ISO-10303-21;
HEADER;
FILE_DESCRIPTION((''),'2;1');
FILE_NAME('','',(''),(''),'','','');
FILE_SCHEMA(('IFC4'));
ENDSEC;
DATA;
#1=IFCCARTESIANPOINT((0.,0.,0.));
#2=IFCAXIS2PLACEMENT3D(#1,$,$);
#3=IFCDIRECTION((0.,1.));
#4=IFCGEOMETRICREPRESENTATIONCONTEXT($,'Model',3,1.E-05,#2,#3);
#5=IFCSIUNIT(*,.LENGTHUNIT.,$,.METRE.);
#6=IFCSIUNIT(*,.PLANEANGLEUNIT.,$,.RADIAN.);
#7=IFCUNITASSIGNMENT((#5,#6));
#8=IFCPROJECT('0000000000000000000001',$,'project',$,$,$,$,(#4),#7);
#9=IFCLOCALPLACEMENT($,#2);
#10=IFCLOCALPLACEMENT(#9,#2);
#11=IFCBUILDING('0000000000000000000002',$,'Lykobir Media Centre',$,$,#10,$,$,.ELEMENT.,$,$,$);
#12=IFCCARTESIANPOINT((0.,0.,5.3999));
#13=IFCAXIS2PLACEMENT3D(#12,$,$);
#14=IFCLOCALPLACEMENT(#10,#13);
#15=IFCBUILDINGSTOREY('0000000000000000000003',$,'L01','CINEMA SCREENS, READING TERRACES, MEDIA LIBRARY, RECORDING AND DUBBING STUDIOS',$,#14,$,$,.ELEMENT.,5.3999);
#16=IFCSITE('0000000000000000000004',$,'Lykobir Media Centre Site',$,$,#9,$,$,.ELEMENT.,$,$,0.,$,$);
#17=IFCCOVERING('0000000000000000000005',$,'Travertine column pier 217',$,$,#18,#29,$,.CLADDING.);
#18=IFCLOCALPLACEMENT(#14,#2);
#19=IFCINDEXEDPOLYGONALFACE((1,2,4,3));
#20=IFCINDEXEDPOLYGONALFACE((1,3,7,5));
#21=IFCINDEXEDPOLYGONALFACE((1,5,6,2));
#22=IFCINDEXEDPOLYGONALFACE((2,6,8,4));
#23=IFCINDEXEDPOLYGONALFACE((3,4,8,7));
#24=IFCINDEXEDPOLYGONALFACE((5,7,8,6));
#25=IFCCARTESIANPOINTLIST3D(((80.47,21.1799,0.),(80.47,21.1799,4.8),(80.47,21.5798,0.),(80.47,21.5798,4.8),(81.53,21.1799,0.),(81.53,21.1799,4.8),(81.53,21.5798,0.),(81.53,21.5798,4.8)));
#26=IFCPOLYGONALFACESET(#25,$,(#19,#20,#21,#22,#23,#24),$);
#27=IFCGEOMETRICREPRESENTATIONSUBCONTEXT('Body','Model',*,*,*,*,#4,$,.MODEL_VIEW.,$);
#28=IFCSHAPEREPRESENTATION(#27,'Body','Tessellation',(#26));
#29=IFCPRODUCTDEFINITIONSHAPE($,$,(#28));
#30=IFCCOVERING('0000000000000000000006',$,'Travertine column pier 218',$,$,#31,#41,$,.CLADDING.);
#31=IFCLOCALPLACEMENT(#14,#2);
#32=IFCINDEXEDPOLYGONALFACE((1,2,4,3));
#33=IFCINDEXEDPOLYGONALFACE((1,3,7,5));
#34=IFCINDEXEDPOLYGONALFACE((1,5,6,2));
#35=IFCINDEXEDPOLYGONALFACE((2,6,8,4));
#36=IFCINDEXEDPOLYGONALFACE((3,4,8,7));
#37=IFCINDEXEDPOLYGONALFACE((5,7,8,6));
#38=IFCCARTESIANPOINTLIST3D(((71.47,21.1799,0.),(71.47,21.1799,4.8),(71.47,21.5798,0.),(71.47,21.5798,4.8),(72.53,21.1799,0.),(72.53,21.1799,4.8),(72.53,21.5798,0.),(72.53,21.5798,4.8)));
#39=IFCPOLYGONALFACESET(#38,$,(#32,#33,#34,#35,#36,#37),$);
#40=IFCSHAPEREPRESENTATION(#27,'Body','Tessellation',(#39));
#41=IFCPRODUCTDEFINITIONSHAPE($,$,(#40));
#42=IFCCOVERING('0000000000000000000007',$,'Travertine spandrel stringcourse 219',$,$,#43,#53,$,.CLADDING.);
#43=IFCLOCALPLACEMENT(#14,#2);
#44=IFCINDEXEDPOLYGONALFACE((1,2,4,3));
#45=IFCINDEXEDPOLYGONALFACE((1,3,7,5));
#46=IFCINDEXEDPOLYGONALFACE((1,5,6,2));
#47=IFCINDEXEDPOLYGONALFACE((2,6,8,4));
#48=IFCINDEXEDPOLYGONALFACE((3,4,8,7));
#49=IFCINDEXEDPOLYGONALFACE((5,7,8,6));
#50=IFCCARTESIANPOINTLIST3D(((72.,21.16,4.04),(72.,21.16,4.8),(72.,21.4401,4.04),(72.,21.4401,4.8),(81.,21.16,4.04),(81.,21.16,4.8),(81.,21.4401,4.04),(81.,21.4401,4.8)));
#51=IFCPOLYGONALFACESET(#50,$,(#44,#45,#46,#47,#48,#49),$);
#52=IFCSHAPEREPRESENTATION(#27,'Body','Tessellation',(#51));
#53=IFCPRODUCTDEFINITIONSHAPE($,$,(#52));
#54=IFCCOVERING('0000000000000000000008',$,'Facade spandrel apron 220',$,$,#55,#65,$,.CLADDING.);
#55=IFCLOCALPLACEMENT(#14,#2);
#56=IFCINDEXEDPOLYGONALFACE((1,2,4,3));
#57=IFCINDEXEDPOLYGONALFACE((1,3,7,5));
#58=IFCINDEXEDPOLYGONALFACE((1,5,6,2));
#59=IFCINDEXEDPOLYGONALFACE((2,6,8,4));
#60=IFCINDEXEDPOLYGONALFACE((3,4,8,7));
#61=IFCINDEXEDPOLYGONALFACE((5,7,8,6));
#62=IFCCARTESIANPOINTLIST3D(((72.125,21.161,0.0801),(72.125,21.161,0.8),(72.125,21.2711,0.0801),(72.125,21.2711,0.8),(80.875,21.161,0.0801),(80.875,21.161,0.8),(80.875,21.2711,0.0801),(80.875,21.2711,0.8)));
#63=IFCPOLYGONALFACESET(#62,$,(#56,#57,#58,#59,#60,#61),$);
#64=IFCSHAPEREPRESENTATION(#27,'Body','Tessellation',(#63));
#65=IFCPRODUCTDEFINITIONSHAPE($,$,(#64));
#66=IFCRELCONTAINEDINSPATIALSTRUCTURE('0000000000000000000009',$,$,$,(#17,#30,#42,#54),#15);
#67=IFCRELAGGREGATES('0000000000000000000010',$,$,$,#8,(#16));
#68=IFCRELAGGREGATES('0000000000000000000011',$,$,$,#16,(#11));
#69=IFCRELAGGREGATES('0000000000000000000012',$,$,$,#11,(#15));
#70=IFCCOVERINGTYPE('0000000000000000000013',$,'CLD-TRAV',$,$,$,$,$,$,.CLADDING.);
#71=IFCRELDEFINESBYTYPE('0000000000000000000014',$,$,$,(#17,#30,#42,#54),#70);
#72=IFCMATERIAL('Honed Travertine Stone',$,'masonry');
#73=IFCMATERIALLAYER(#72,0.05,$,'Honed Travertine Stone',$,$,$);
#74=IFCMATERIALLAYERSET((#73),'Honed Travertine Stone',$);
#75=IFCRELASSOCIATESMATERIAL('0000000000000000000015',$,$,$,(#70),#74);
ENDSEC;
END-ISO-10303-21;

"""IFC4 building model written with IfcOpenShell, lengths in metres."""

from ifc_helpers import new_model, si_unit, direction, frame, origin, origin_2d, place, context, subcontext, project, spatial, rectangle, extrude, material, layer, layer_set, type_object, element, save


model = new_model("IFC4")

# Units and contexts
model_context = context("Model", 3, precision=1e-05, world=origin(), true_north=direction((0.0, 1.0)))
body_context = subcontext(model_context, "Body", "Model", "MODEL_VIEW")
ifc_project = project(units=[si_unit("LENGTHUNIT", "METRE"), si_unit("PLANEANGLEUNIT", "RADIAN")], contexts=[model_context])

# Site, building, storey
site_placement = place(None, origin())
site = spatial("IfcSite", under=ifc_project, at=site_placement, Name="Lykobir Media Centre Site", CompositionType="ELEMENT", RefElevation=0.0)
building_placement = place(site_placement, origin())
building = spatial("IfcBuilding", under=site, at=building_placement, Name="Lykobir Media Centre", CompositionType="ELEMENT")
storey_placement = place(building_placement, frame((0.0, 0.0, 5.3999)))
storey = spatial("IfcBuildingStorey", under=building, at=storey_placement, Name="L01", Description="CINEMA SCREENS, READING TERRACES, MEDIA LIBRARY, RECORDING AND DUBBING STUDIOS", CompositionType="ELEMENT", Elevation=5.3999)

# Shared definitions
ifc_material_1 = material(Name="Honed Travertine Stone", Category="masonry")

# Coverings
ifc_layer_1 = layer(ifc_material_1, 0.05, Name="Honed Travertine Stone")
ifc_layer_set_1 = layer_set([ifc_layer_1], Name="Honed Travertine Stone")
covering_type = type_object("IfcCoveringType", Name="CLD-TRAV", PredefinedType="CLADDING", material=ifc_layer_set_1)
for number, where, z_axis, x_axis, name in (
    (1, (81.0, 21.3799, 0.0), (0.0, 0.0, 1.0), (-1.0, 0.0, 0.0), "Travertine column pier 217"),
    (2, (72.0, 21.3799, 0.0), (0.0, 0.0, 1.0), (-1.0, 0.0, 0.0), "Travertine column pier 218"),
):
    element("IfcCovering", number, at=place(storey_placement, frame(where, z_axis=z_axis, x_axis=x_axis)), inside=storey, type_object=covering_type, Name=name, PredefinedType="CLADDING", context=body_context, shape_type="SweptSolid", body=[
        extrude(rectangle(XDim=1.0601, YDim=0.3999, at=origin_2d()), origin(), (0.0, 0.0, 1.0), 4.8),
    ])
covering_1_placement = place(storey_placement, frame((76.5, 21.3, 4.04), z_axis=(0.0, 0.0, 1.0), x_axis=(-1.0, 0.0, 0.0)))
element("IfcCovering", 3, at=covering_1_placement, inside=storey, type_object=covering_type, Name="Travertine spandrel stringcourse 219", PredefinedType="CLADDING", context=body_context, shape_type="SweptSolid", body=[
    extrude(rectangle(XDim=9.0, YDim=0.28, at=origin_2d()), origin(), (0.0, 0.0, 1.0), 0.76),
])
covering_2_placement = place(storey_placement, frame((76.5, 21.2161, 0.0801), z_axis=(0.0, 0.0, 1.0), x_axis=(-1.0, 0.0, 0.0)))
element("IfcCovering", 4, at=covering_2_placement, inside=storey, type_object=covering_type, Name="Facade spandrel apron 220", PredefinedType="CLADDING", context=body_context, shape_type="SweptSolid", body=[
    extrude(rectangle(XDim=8.75, YDim=0.1101, at=origin_2d()), origin(), (0.0, 0.0, 1.0), 0.72),
])

save(model, "model.ifc")
